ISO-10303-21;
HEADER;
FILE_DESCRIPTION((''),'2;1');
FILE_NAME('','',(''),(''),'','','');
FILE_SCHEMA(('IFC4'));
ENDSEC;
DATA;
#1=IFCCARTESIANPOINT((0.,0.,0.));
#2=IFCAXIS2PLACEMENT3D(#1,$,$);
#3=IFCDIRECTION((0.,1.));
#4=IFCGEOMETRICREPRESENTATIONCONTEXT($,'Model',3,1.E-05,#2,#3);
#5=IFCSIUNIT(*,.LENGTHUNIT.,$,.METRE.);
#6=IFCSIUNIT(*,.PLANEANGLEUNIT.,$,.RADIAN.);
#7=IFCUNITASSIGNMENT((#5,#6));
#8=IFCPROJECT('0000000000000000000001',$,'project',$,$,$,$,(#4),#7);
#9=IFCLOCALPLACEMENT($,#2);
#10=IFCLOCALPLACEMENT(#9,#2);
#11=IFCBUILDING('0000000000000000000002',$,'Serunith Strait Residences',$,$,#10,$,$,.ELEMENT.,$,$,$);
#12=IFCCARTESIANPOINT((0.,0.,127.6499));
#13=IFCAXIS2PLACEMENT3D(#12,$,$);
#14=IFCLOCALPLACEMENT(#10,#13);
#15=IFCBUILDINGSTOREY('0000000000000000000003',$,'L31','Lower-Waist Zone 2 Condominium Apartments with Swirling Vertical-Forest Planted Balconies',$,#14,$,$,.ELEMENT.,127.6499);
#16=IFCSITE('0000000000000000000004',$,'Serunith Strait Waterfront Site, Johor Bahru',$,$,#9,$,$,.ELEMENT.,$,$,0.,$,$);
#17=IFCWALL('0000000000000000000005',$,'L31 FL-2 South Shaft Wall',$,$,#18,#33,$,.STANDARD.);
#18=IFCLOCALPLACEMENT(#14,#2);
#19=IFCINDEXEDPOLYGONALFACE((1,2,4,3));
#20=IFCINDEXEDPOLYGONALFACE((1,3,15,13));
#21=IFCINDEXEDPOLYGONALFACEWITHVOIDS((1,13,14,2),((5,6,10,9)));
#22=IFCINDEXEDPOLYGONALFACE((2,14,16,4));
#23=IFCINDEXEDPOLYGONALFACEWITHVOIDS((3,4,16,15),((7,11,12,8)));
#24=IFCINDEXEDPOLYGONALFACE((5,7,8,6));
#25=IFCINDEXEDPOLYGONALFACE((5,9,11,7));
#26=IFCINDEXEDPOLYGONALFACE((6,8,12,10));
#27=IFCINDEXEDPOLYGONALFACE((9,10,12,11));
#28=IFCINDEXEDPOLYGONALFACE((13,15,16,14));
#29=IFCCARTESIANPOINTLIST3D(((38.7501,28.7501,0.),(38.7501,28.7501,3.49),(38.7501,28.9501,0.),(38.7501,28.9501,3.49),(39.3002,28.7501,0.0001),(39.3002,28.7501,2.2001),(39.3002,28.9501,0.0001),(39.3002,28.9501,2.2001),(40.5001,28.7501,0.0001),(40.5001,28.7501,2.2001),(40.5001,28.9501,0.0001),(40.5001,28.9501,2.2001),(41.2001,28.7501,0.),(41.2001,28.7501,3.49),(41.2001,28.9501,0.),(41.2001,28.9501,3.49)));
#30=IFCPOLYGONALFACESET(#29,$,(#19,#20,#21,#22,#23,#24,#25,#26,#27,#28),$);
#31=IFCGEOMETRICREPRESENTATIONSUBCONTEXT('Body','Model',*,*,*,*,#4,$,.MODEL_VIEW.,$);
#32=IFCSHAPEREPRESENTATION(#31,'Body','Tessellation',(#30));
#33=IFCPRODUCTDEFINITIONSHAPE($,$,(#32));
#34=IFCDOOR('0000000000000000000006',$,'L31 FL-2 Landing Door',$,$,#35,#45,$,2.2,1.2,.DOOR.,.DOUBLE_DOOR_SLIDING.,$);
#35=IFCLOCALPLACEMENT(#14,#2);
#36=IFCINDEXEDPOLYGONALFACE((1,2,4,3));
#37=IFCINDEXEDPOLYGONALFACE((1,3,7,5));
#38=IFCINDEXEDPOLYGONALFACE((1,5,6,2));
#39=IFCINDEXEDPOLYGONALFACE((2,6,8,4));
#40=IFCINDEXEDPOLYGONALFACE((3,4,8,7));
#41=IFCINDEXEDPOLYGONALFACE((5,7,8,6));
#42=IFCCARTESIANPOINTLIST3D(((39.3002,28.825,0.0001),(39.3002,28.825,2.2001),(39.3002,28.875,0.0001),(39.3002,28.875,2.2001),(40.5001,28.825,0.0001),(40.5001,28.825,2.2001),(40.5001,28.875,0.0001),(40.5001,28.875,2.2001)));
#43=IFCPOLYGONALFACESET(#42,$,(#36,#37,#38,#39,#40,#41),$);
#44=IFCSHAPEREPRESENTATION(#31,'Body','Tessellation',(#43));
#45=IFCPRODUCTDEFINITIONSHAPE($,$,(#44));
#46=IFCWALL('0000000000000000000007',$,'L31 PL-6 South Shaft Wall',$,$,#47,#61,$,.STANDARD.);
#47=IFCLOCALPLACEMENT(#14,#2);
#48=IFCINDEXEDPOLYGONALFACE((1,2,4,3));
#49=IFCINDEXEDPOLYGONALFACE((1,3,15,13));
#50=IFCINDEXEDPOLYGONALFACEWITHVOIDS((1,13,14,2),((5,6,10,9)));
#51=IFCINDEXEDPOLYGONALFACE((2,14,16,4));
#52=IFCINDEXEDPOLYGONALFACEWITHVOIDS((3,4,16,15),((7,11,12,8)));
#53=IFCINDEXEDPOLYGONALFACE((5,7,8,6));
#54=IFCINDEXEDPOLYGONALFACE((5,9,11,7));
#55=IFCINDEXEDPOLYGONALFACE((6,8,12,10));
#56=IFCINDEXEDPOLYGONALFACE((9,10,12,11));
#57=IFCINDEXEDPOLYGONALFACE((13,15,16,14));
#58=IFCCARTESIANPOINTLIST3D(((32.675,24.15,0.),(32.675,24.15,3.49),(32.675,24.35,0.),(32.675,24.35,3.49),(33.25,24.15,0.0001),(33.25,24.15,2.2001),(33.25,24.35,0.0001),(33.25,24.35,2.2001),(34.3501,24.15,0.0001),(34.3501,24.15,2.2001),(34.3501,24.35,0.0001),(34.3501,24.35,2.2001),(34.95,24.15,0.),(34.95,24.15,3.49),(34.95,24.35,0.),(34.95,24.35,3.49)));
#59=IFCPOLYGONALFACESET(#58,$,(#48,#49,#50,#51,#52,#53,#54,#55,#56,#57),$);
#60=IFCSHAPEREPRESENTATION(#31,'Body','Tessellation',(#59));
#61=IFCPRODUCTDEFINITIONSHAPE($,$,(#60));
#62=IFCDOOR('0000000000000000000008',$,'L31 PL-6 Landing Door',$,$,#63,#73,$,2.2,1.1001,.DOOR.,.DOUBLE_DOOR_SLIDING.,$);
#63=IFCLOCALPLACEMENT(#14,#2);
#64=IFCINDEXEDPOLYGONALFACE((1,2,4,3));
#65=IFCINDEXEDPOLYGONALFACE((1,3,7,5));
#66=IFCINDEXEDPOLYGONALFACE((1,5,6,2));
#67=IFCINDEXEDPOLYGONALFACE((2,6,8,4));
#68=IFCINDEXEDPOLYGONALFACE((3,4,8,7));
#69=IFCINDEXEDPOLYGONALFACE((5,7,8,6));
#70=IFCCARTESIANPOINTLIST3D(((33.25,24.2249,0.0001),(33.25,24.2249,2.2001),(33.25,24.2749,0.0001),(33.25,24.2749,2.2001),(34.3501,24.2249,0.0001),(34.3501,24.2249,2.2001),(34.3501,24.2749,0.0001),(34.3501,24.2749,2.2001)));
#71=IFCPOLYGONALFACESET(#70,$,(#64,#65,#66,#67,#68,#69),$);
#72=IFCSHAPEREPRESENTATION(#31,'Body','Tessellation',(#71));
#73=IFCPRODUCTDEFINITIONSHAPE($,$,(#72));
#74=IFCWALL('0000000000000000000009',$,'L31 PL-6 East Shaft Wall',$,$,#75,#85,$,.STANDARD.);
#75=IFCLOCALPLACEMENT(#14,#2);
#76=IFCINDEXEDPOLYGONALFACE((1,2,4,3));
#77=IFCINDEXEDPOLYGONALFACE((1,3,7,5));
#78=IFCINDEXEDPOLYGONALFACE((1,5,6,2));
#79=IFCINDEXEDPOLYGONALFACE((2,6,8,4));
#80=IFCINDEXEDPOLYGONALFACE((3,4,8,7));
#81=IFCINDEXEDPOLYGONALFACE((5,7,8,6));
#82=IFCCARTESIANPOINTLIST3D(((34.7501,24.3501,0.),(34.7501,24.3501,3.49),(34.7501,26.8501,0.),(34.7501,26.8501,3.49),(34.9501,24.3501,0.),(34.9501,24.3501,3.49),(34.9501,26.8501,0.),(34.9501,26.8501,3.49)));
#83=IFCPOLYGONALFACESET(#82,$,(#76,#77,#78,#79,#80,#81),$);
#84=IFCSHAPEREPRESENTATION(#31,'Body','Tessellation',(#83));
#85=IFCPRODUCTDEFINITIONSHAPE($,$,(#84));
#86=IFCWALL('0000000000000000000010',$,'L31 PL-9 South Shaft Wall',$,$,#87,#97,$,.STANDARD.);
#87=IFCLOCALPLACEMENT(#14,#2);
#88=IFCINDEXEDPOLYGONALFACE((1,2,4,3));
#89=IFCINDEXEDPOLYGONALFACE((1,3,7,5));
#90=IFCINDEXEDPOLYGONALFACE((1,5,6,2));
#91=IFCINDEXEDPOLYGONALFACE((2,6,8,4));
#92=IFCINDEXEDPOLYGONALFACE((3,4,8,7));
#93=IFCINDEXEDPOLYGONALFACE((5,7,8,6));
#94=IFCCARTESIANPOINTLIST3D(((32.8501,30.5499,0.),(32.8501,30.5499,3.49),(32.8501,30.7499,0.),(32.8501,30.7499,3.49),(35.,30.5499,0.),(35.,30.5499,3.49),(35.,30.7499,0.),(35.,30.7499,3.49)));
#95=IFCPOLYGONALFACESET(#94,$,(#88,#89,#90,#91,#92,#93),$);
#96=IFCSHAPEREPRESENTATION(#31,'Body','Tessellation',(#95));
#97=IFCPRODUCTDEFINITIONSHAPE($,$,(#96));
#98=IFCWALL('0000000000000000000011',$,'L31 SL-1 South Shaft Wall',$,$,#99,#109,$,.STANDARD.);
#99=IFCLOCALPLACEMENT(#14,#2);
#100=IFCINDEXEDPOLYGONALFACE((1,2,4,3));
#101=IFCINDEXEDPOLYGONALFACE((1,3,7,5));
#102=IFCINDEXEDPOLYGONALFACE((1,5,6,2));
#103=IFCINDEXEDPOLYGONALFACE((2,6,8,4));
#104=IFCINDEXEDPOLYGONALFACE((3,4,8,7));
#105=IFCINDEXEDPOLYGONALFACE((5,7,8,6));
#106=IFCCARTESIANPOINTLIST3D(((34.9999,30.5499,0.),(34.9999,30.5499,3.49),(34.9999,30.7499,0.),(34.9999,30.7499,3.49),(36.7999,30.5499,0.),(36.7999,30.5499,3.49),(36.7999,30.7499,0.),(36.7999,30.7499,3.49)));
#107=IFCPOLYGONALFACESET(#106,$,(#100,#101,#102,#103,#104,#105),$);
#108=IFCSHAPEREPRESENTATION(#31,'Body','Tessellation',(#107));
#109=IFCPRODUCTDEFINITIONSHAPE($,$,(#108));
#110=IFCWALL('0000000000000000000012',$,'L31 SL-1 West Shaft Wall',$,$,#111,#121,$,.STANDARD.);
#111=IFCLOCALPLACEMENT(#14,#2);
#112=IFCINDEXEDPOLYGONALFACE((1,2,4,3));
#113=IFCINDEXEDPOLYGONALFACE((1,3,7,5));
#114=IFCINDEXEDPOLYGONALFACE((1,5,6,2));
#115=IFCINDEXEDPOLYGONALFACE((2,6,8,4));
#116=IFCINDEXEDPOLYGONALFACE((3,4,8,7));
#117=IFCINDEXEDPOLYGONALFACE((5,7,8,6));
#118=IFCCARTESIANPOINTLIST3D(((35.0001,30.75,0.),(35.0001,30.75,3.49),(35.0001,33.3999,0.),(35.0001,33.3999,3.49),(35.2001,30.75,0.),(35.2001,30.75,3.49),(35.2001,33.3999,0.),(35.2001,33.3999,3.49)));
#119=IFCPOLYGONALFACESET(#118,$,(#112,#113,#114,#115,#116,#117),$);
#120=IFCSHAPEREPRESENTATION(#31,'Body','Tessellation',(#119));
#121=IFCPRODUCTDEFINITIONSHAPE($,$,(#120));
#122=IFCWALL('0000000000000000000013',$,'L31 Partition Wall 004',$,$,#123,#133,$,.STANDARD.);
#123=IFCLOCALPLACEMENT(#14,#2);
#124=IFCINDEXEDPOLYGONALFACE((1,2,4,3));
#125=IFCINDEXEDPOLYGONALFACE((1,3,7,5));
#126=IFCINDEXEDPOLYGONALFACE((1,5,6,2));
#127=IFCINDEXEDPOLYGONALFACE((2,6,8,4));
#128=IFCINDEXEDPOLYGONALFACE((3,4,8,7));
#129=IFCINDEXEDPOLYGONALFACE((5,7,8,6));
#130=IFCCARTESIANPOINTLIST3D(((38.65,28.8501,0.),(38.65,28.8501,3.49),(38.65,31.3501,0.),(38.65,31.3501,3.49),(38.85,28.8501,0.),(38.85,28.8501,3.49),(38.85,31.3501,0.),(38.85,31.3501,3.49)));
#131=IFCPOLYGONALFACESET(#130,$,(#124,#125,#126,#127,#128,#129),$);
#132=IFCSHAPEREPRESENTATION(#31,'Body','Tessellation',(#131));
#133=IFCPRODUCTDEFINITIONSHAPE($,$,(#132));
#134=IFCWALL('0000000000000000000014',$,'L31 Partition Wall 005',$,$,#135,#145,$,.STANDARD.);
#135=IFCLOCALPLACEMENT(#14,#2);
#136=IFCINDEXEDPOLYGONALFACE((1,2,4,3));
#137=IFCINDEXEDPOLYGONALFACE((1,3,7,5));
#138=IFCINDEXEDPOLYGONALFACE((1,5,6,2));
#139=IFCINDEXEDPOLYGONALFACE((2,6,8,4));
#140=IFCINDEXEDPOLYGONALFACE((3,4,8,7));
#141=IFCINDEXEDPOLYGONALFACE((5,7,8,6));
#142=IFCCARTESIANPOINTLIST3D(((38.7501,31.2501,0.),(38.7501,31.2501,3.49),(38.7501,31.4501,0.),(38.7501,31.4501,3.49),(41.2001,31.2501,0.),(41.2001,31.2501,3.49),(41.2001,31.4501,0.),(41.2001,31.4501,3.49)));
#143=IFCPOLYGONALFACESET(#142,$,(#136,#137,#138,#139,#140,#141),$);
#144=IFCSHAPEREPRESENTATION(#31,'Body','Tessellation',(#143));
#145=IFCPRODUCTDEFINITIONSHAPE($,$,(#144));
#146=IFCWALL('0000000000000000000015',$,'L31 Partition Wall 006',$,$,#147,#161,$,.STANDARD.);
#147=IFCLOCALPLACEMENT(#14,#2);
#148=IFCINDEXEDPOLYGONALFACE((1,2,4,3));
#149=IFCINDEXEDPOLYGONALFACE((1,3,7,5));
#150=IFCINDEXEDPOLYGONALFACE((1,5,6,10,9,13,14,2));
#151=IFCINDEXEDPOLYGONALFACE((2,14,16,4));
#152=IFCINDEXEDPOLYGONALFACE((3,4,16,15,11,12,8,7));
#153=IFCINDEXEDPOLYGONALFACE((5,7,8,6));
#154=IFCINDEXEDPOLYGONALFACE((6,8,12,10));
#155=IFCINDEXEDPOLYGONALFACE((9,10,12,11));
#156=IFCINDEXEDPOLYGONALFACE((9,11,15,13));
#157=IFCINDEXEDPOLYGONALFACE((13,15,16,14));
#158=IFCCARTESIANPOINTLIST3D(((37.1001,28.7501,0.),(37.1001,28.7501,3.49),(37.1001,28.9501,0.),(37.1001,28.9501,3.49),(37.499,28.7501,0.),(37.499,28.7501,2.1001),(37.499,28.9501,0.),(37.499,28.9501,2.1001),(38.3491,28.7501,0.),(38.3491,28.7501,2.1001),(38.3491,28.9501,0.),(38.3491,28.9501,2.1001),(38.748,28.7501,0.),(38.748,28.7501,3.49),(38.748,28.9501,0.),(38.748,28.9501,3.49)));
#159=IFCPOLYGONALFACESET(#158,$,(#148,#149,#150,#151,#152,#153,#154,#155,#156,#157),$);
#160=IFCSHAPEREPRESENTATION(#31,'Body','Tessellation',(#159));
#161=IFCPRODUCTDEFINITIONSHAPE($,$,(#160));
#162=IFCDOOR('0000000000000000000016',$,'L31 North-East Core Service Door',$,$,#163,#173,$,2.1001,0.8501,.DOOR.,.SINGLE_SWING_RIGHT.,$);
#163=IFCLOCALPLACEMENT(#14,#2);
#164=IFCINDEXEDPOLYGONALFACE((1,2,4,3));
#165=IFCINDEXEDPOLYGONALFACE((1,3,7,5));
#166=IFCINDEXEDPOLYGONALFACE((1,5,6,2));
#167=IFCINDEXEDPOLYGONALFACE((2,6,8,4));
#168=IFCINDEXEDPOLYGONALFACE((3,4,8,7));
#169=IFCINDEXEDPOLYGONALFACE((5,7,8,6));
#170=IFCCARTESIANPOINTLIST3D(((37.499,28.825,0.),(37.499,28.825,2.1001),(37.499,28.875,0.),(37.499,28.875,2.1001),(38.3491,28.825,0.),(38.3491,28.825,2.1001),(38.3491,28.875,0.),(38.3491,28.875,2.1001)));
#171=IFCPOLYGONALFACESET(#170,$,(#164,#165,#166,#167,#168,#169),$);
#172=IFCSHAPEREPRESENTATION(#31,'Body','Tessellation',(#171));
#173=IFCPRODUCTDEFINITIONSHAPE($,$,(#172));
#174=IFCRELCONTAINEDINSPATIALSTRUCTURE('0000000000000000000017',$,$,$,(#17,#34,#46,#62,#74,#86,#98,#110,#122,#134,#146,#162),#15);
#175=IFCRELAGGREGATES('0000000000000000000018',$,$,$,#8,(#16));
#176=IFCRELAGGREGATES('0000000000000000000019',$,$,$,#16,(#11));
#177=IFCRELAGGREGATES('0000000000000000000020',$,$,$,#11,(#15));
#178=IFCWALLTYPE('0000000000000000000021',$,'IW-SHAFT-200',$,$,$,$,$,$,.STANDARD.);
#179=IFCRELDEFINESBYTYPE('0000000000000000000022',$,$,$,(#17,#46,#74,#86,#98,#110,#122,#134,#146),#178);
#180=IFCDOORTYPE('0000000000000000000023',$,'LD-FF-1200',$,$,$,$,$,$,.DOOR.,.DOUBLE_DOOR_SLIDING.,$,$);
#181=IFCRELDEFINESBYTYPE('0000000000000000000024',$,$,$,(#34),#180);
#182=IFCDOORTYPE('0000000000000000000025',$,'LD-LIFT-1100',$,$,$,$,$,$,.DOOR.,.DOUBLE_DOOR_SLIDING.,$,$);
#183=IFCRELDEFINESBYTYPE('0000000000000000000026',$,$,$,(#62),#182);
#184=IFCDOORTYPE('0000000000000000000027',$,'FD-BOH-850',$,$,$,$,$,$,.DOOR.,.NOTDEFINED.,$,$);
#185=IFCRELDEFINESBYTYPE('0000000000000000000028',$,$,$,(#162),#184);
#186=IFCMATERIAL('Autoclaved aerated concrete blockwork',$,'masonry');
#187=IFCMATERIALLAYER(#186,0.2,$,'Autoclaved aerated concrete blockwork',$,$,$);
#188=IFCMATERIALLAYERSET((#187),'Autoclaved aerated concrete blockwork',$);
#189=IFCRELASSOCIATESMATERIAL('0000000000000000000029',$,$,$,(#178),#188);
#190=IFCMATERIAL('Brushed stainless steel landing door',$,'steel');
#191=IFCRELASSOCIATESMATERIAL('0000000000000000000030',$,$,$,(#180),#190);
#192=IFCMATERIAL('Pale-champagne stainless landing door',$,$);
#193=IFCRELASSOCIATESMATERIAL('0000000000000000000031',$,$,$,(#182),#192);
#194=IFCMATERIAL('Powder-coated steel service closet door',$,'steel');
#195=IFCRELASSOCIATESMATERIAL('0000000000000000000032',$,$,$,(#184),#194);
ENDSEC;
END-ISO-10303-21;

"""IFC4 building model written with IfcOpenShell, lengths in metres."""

from ifc_helpers import new_model, si_unit, direction, frame, frame_2d, origin, place, context, subcontext, project, spatial, rectangle, extrude, source, transform, mapped, material, layer, layer_set, type_object, element, fill, save


model = new_model("IFC4")

# Units and contexts
model_context = context("Model", 3, precision=1e-05, world=origin(), true_north=direction((0.0, 1.0)))
body_context = subcontext(model_context, "Body", "Model", "MODEL_VIEW")
ifc_project = project(units=[si_unit("LENGTHUNIT", "METRE"), si_unit("PLANEANGLEUNIT", "RADIAN")], contexts=[model_context])

# Site, building, storey
site_placement = place(None, origin())
site = spatial("IfcSite", under=ifc_project, at=site_placement, Name="Serunith Strait Waterfront Site, Johor Bahru", CompositionType="ELEMENT", RefElevation=0.0)
building_placement = place(site_placement, origin())
building = spatial("IfcBuilding", under=site, at=building_placement, Name="Serunith Strait Residences", CompositionType="ELEMENT")
storey_placement = place(building_placement, frame((0.0, 0.0, 127.6499)))
storey = spatial("IfcBuildingStorey", under=building, at=storey_placement, Name="L31", Description="Lower-Waist Zone 2 Condominium Apartments with Swirling Vertical-Forest Planted Balconies", CompositionType="ELEMENT", Elevation=127.6499)

# Shared definitions
shared_shape_1 = source(origin(), body_context, "Body", "SweptSolid", [
    extrude(rectangle(XDim=0.8501, YDim=2.1001, at=frame_2d((0.425, 1.05))), frame((0.0, 0.0249, 0.0), z_axis=(0.0, -1.0, 0.0), x_axis=(1.0, 0.0, 0.0)), (0.0, 0.0, 1.0), 0.05),
])

# Walls, openings, doors
ifc_material_1 = material(Name="Autoclaved aerated concrete blockwork", Category="masonry")
ifc_layer_1 = layer(ifc_material_1, 0.2, Name="Autoclaved aerated concrete blockwork")
ifc_layer_set_1 = layer_set([ifc_layer_1], Name="Autoclaved aerated concrete blockwork")
wall_type_1 = type_object("IfcWallType", Name="IW-SHAFT-200", PredefinedType="STANDARD", material=ifc_layer_set_1)
wall_1_placement = place(storey_placement, frame((38.75, 28.8501, 0.0), z_axis=(0.0, 0.0, 1.0), x_axis=(1.0, 0.0, 0.0)))
wall_1 = element("IfcWall", 1, at=wall_1_placement, inside=storey, type_object=wall_type_1, Name="L31 FL-2 South Shaft Wall", PredefinedType="STANDARD", context=body_context, shape_type="SweptSolid", body=[
    extrude(rectangle(XDim=2.45, YDim=0.2, at=frame_2d((1.2251, 0.0))), origin(), (0.0, 0.0, 1.0), 3.49),
])
opening_1_placement = place(wall_1_placement, frame((0.55, 0.0, 0.0)))
opening_1 = element("IfcOpeningElement", 2, at=opening_1_placement, cuts=wall_1, PredefinedType="OPENING", context=body_context, shape_type="SweptSolid", body=[
    extrude(rectangle(XDim=1.2, YDim=2.2, at=frame_2d((0.6001, 1.1001))), frame((0.0, 0.1099, 0.0), z_axis=(0.0, -1.0, 0.0), x_axis=(1.0, 0.0, 0.0)), (0.0, 0.0, 1.0), 0.22),
])
ifc_material_2 = material(Name="Brushed stainless steel landing door", Category="steel")
door_type_1 = type_object("IfcDoorType", Name="LD-FF-1200", OperationType="DOUBLE_DOOR_SLIDING", PredefinedType="DOOR", material=ifc_material_2)
shared_shape_2 = source(origin(), body_context, "Body", "SweptSolid", [
    extrude(rectangle(XDim=1.2, YDim=2.2, at=frame_2d((0.6001, 1.1001))), frame((0.0, 0.0249, 0.0), z_axis=(0.0, -1.0, 0.0), x_axis=(1.0, 0.0, 0.0)), (0.0, 0.0, 1.0), 0.05),
])
door_1_placement = place(opening_1_placement, origin())
door_1 = element("IfcDoor", 3, at=door_1_placement, inside=storey, type_object=door_type_1, Name="L31 FL-2 Landing Door", OperationType="DOUBLE_DOOR_SLIDING", OverallHeight=2.2, OverallWidth=1.2, PredefinedType="DOOR", context=body_context, shape_type="MappedRepresentation", body=[
    mapped(shared_shape_2, transform((0.0, 0.0, 0.0), scale=1.0)),
])
fill(opening_1, door_1)
wall_2_placement = place(storey_placement, frame((32.675, 24.25, 0.0), z_axis=(0.0, 0.0, 1.0), x_axis=(1.0, 0.0, 0.0)))
wall_2 = element("IfcWall", 4, at=wall_2_placement, inside=storey, type_object=wall_type_1, Name="L31 PL-6 South Shaft Wall", PredefinedType="STANDARD", context=body_context, shape_type="SweptSolid", body=[
    extrude(rectangle(XDim=2.2749, YDim=0.2, at=frame_2d((1.1375, 0.0))), origin(), (0.0, 0.0, 1.0), 3.49),
])
opening_2_placement = place(wall_2_placement, frame((0.575, 0.0, 0.0)))
opening_2 = element("IfcOpeningElement", 5, at=opening_2_placement, cuts=wall_2, PredefinedType="OPENING", context=body_context, shape_type="SweptSolid", body=[
    extrude(rectangle(XDim=1.1001, YDim=2.2, at=frame_2d((0.55, 1.1001))), frame((0.0, 0.1099, 0.0), z_axis=(0.0, -1.0, 0.0), x_axis=(1.0, 0.0, 0.0)), (0.0, 0.0, 1.0), 0.22),
])
ifc_material_3 = material(Name="Pale-champagne stainless landing door")
door_type_2 = type_object("IfcDoorType", Name="LD-LIFT-1100", OperationType="DOUBLE_DOOR_SLIDING", PredefinedType="DOOR", material=ifc_material_3)
shared_shape_3 = source(origin(), body_context, "Body", "SweptSolid", [
    extrude(rectangle(XDim=1.1001, YDim=2.2, at=frame_2d((0.55, 1.1001))), frame((0.0, 0.0249, 0.0), z_axis=(0.0, -1.0, 0.0), x_axis=(1.0, 0.0, 0.0)), (0.0, 0.0, 1.0), 0.05),
])
door_2_placement = place(opening_2_placement, origin())
door_2 = element("IfcDoor", 6, at=door_2_placement, inside=storey, type_object=door_type_2, Name="L31 PL-6 Landing Door", OperationType="DOUBLE_DOOR_SLIDING", OverallHeight=2.2, OverallWidth=1.1001, PredefinedType="DOOR", context=body_context, shape_type="MappedRepresentation", body=[
    mapped(shared_shape_3, transform((0.0, 0.0, 0.0), scale=1.0)),
])
fill(opening_2, door_2)

# Walls
wall_3_placement = place(storey_placement, frame((34.8501, 24.3501, 0.0), z_axis=(0.0, 0.0, 1.0), x_axis=(0.0, 1.0, 0.0)))
element("IfcWall", 7, at=wall_3_placement, inside=storey, type_object=wall_type_1, Name="L31 PL-6 East Shaft Wall", PredefinedType="STANDARD", context=body_context, shape_type="SweptSolid", body=[
    extrude(rectangle(XDim=2.5, YDim=0.2, at=frame_2d((1.25, 0.0))), origin(), (0.0, 0.0, 1.0), 3.49),
])
wall_4_placement = place(storey_placement, frame((32.8501, 30.6499, 0.0), z_axis=(0.0, 0.0, 1.0), x_axis=(1.0, 0.0, 0.0)))
element("IfcWall", 8, at=wall_4_placement, inside=storey, type_object=wall_type_1, Name="L31 PL-9 South Shaft Wall", PredefinedType="STANDARD", context=body_context, shape_type="SweptSolid", body=[
    extrude(rectangle(XDim=2.1499, YDim=0.2, at=frame_2d((1.075, 0.0))), origin(), (0.0, 0.0, 1.0), 3.49),
])
wall_5_placement = place(storey_placement, frame((35.0, 30.6499, 0.0), z_axis=(0.0, 0.0, 1.0), x_axis=(1.0, 0.0, 0.0)))
element("IfcWall", 9, at=wall_5_placement, inside=storey, type_object=wall_type_1, Name="L31 SL-1 South Shaft Wall", PredefinedType="STANDARD", context=body_context, shape_type="SweptSolid", body=[
    extrude(rectangle(XDim=1.8, YDim=0.2, at=frame_2d((0.8999, 0.0))), origin(), (0.0, 0.0, 1.0), 3.49),
])
wall_6_placement = place(storey_placement, frame((35.1001, 30.75, 0.0), z_axis=(0.0, 0.0, 1.0), x_axis=(0.0, 1.0, 0.0)))
element("IfcWall", 10, at=wall_6_placement, inside=storey, type_object=wall_type_1, Name="L31 SL-1 West Shaft Wall", PredefinedType="STANDARD", context=body_context, shape_type="SweptSolid", body=[
    extrude(rectangle(XDim=2.6499, YDim=0.2, at=frame_2d((1.325, 0.0))), origin(), (0.0, 0.0, 1.0), 3.49),
])
wall_7_placement = place(storey_placement, frame((38.75, 28.8501, 0.0), z_axis=(0.0, 0.0, 1.0), x_axis=(0.0, 1.0, 0.0)))
element("IfcWall", 11, at=wall_7_placement, inside=storey, type_object=wall_type_1, Name="L31 Partition Wall 004", PredefinedType="STANDARD", context=body_context, shape_type="SweptSolid", body=[
    extrude(rectangle(XDim=2.5, YDim=0.2, at=frame_2d((1.25, 0.0))), origin(), (0.0, 0.0, 1.0), 3.49),
])
wall_8_placement = place(storey_placement, frame((38.75, 31.3501, 0.0), z_axis=(0.0, 0.0, 1.0), x_axis=(1.0, 0.0, 0.0)))
element("IfcWall", 12, at=wall_8_placement, inside=storey, type_object=wall_type_1, Name="L31 Partition Wall 005", PredefinedType="STANDARD", context=body_context, shape_type="SweptSolid", body=[
    extrude(rectangle(XDim=2.45, YDim=0.2, at=frame_2d((1.2251, 0.0))), origin(), (0.0, 0.0, 1.0), 3.49),
])

# Wall, opening, door
wall_9_placement = place(storey_placement, frame((37.1001, 28.8501, 0.0), z_axis=(0.0, 0.0, 1.0), x_axis=(1.0, 0.0, 0.0)))
wall_9 = element("IfcWall", 13, at=wall_9_placement, inside=storey, type_object=wall_type_1, Name="L31 Partition Wall 006", PredefinedType="STANDARD", context=body_context, shape_type="SweptSolid", body=[
    extrude(rectangle(XDim=1.6479, YDim=0.2, at=frame_2d((0.824, 0.0))), origin(), (0.0, 0.0, 1.0), 3.49),
])
opening_3_placement = place(wall_9_placement, frame((0.3989, 0.0, 0.0)))
opening_3 = element("IfcOpeningElement", 14, at=opening_3_placement, cuts=wall_9, PredefinedType="OPENING", context=body_context, shape_type="SweptSolid", body=[
    extrude(rectangle(XDim=0.8501, YDim=2.1001, at=frame_2d((0.425, 1.05))), frame((0.0, 0.1099, 0.0), z_axis=(0.0, -1.0, 0.0), x_axis=(1.0, 0.0, 0.0)), (0.0, 0.0, 1.0), 0.22),
])
ifc_material_4 = material(Name="Powder-coated steel service closet door", Category="steel")
door_type_3 = type_object("IfcDoorType", Name="FD-BOH-850", OperationType="NOTDEFINED", PredefinedType="DOOR", material=ifc_material_4)
door_3_placement = place(opening_3_placement, origin())
door_3 = element("IfcDoor", 15, at=door_3_placement, inside=storey, type_object=door_type_3, Name="L31 North-East Core Service Door", OperationType="SINGLE_SWING_RIGHT", OverallHeight=2.1001, OverallWidth=0.8501, PredefinedType="DOOR", context=body_context, shape_type="MappedRepresentation", body=[
    mapped(shared_shape_1, transform((0.0, 0.0, 0.0), scale=1.0)),
])
fill(opening_3, door_3)

save(model, "model.ifc")
